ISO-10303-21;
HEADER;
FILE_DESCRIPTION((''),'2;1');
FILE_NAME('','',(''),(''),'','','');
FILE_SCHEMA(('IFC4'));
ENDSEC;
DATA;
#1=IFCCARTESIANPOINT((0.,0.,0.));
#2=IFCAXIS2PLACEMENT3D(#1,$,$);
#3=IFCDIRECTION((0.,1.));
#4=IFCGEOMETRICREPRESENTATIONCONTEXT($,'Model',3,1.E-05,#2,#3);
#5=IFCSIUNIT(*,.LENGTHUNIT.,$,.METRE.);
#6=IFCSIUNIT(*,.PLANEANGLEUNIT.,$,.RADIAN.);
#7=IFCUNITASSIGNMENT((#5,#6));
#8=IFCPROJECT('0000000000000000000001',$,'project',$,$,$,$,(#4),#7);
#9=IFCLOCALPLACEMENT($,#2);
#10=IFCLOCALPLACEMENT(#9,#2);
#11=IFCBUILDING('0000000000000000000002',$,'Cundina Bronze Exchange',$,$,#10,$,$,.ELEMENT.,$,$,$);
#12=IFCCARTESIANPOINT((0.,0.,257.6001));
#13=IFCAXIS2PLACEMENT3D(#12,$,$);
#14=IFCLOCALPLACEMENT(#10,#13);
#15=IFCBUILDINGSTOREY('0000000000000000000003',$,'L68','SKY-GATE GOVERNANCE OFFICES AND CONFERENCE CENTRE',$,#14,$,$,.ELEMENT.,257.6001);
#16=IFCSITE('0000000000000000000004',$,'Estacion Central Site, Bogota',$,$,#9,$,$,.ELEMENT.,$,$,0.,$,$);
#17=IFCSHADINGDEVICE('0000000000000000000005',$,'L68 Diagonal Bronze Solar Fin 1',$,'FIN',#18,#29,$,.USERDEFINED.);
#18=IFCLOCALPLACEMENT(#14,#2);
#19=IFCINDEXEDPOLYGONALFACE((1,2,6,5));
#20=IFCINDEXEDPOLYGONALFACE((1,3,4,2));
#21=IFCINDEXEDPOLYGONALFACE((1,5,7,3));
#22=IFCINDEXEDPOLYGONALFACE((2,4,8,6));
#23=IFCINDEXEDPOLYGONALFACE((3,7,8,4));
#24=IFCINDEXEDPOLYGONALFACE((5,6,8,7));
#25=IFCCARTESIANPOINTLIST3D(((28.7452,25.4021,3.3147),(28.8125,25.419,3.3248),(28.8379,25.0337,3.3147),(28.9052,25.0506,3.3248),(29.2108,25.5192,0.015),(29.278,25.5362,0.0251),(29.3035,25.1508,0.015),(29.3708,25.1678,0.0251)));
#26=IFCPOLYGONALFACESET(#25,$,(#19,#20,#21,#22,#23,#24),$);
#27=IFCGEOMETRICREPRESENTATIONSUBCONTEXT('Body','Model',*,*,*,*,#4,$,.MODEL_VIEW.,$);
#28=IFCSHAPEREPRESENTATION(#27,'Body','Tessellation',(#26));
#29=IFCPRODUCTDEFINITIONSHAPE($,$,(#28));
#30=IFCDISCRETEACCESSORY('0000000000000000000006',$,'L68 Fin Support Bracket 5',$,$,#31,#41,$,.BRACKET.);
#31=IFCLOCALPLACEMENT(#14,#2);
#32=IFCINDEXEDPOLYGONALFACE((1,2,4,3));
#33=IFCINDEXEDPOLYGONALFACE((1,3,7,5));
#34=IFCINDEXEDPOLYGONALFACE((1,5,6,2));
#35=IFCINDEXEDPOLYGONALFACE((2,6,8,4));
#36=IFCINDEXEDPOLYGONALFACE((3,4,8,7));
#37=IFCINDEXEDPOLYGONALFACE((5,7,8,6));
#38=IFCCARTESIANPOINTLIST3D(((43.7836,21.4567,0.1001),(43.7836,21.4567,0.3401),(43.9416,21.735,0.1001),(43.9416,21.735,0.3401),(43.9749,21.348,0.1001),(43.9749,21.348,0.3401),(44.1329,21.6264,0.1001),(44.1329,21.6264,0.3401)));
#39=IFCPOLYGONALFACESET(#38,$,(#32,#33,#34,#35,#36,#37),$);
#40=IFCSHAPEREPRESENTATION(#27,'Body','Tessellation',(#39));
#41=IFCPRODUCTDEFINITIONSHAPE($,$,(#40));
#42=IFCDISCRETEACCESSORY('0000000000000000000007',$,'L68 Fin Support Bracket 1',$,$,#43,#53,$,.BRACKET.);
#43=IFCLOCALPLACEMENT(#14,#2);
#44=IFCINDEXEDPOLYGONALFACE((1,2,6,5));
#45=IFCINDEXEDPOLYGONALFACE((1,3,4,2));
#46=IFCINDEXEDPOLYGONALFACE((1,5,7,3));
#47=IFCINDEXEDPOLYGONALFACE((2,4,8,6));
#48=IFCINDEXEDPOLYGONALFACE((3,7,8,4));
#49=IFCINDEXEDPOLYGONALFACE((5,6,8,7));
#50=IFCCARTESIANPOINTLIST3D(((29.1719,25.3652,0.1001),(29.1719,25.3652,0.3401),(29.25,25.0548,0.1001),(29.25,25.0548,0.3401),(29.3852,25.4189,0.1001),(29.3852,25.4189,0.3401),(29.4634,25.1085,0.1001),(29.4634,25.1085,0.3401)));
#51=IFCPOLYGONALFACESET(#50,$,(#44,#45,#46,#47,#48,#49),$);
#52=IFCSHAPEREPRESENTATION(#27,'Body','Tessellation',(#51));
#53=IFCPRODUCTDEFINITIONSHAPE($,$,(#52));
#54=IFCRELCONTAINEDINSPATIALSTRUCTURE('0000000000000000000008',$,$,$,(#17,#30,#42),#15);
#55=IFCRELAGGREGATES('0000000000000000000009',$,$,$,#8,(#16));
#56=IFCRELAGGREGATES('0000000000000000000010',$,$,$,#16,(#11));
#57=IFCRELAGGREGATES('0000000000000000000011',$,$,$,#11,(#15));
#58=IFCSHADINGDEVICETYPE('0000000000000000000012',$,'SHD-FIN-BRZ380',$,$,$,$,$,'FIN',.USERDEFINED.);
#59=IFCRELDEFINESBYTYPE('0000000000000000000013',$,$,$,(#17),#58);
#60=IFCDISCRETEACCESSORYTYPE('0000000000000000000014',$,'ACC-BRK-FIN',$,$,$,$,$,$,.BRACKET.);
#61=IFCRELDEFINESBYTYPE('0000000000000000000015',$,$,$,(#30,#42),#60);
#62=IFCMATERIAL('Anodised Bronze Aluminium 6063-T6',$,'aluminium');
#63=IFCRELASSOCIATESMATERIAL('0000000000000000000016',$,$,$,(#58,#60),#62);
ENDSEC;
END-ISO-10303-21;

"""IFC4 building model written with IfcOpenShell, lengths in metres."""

from ifc_helpers import new_model, si_unit, direction, frame, origin, origin_2d, place, context, subcontext, project, spatial, rectangle, extrude, material, material_profile, profile_set, type_object, element, save


model = new_model("IFC4")

# Units and contexts
model_context = context("Model", 3, precision=1e-05, world=origin(), true_north=direction((0.0, 1.0)))
body_context = subcontext(model_context, "Body", "Model", "MODEL_VIEW")
ifc_project = project(units=[si_unit("LENGTHUNIT", "METRE"), si_unit("PLANEANGLEUNIT", "RADIAN")], contexts=[model_context])

# Site, building, storey
site_placement = place(None, origin())
site = spatial("IfcSite", under=ifc_project, at=site_placement, Name="Estacion Central Site, Bogota", CompositionType="ELEMENT", RefElevation=0.0)
building_placement = place(site_placement, origin())
building = spatial("IfcBuilding", under=site, at=building_placement, Name="Cundina Bronze Exchange", CompositionType="ELEMENT")
storey_placement = place(building_placement, frame((0.0, 0.0, 257.6001)))
storey = spatial("IfcBuildingStorey", under=building, at=storey_placement, Name="L68", Description="SKY-GATE GOVERNANCE OFFICES AND CONFERENCE CENTRE", CompositionType="ELEMENT", Elevation=257.6001)

# Shared definitions
ifc_material_1 = material(Name="Anodised Bronze Aluminium 6063-T6", Category="aluminium")

# Shading device
ifc_material_profile_1 = material_profile(ifc_material_1, rectangle(XDim=0.0701, YDim=0.3799, at=origin_2d()), Name="FIN70X380", Category="aluminium")
ifc_profile_set_1 = profile_set([ifc_material_profile_1], Name="Anodised Bronze Aluminium 6063-T6")
shading_device_type = type_object("IfcShadingDeviceType", Name="SHD-FIN-BRZ380", ElementType="FIN", PredefinedType="USERDEFINED", material=ifc_profile_set_1)
for number, where, z_axis, x_axis, name in (
    (1, (29.2908, 25.3435, 0.02), (-0.139622, -0.035143, 0.989581), (0.959649, 0.241548, 0.143977), "L68 Diagonal Bronze Solar Fin 1"),
):
    element("IfcShadingDevice", number, at=place(storey_placement, frame(where, z_axis=z_axis, x_axis=x_axis)), inside=storey, type_object=shading_device_type, Name=name, ObjectType="FIN", PredefinedType="USERDEFINED", context=body_context, shape_type="SweptSolid", body=[
        extrude(rectangle(XDim=0.0701, YDim=0.3799, at=origin_2d()), origin(), (0.0, 0.0, 1.0), 3.3345),
    ])

# Discrete accessories
discrete_accessory_type = type_object("IfcDiscreteAccessoryType", Name="ACC-BRK-FIN", PredefinedType="BRACKET", material=ifc_material_1)
for number, where, z_axis, x_axis, name in (
    (2, (43.9583, 21.5415, 0.1001), (0.0, 0.0, 1.0), (-0.869573, 0.493805, 0.0), "L68 Fin Support Bracket 5"),
    (3, (29.3176, 25.2368, 0.1001), (0.0, 0.0, 1.0), (-0.969732, -0.244174, 0.0), "L68 Fin Support Bracket 1"),
):
    element("IfcDiscreteAccessory", number, at=place(storey_placement, frame(where, z_axis=z_axis, x_axis=x_axis)), inside=storey, type_object=discrete_accessory_type, Name=name, PredefinedType="BRACKET", context=body_context, shape_type="SweptSolid", body=[
        extrude(rectangle(XDim=0.22, YDim=0.3201, at=origin_2d()), origin(), (0.0, 0.0, 1.0), 0.24),
    ])

save(model, "model.ifc")
